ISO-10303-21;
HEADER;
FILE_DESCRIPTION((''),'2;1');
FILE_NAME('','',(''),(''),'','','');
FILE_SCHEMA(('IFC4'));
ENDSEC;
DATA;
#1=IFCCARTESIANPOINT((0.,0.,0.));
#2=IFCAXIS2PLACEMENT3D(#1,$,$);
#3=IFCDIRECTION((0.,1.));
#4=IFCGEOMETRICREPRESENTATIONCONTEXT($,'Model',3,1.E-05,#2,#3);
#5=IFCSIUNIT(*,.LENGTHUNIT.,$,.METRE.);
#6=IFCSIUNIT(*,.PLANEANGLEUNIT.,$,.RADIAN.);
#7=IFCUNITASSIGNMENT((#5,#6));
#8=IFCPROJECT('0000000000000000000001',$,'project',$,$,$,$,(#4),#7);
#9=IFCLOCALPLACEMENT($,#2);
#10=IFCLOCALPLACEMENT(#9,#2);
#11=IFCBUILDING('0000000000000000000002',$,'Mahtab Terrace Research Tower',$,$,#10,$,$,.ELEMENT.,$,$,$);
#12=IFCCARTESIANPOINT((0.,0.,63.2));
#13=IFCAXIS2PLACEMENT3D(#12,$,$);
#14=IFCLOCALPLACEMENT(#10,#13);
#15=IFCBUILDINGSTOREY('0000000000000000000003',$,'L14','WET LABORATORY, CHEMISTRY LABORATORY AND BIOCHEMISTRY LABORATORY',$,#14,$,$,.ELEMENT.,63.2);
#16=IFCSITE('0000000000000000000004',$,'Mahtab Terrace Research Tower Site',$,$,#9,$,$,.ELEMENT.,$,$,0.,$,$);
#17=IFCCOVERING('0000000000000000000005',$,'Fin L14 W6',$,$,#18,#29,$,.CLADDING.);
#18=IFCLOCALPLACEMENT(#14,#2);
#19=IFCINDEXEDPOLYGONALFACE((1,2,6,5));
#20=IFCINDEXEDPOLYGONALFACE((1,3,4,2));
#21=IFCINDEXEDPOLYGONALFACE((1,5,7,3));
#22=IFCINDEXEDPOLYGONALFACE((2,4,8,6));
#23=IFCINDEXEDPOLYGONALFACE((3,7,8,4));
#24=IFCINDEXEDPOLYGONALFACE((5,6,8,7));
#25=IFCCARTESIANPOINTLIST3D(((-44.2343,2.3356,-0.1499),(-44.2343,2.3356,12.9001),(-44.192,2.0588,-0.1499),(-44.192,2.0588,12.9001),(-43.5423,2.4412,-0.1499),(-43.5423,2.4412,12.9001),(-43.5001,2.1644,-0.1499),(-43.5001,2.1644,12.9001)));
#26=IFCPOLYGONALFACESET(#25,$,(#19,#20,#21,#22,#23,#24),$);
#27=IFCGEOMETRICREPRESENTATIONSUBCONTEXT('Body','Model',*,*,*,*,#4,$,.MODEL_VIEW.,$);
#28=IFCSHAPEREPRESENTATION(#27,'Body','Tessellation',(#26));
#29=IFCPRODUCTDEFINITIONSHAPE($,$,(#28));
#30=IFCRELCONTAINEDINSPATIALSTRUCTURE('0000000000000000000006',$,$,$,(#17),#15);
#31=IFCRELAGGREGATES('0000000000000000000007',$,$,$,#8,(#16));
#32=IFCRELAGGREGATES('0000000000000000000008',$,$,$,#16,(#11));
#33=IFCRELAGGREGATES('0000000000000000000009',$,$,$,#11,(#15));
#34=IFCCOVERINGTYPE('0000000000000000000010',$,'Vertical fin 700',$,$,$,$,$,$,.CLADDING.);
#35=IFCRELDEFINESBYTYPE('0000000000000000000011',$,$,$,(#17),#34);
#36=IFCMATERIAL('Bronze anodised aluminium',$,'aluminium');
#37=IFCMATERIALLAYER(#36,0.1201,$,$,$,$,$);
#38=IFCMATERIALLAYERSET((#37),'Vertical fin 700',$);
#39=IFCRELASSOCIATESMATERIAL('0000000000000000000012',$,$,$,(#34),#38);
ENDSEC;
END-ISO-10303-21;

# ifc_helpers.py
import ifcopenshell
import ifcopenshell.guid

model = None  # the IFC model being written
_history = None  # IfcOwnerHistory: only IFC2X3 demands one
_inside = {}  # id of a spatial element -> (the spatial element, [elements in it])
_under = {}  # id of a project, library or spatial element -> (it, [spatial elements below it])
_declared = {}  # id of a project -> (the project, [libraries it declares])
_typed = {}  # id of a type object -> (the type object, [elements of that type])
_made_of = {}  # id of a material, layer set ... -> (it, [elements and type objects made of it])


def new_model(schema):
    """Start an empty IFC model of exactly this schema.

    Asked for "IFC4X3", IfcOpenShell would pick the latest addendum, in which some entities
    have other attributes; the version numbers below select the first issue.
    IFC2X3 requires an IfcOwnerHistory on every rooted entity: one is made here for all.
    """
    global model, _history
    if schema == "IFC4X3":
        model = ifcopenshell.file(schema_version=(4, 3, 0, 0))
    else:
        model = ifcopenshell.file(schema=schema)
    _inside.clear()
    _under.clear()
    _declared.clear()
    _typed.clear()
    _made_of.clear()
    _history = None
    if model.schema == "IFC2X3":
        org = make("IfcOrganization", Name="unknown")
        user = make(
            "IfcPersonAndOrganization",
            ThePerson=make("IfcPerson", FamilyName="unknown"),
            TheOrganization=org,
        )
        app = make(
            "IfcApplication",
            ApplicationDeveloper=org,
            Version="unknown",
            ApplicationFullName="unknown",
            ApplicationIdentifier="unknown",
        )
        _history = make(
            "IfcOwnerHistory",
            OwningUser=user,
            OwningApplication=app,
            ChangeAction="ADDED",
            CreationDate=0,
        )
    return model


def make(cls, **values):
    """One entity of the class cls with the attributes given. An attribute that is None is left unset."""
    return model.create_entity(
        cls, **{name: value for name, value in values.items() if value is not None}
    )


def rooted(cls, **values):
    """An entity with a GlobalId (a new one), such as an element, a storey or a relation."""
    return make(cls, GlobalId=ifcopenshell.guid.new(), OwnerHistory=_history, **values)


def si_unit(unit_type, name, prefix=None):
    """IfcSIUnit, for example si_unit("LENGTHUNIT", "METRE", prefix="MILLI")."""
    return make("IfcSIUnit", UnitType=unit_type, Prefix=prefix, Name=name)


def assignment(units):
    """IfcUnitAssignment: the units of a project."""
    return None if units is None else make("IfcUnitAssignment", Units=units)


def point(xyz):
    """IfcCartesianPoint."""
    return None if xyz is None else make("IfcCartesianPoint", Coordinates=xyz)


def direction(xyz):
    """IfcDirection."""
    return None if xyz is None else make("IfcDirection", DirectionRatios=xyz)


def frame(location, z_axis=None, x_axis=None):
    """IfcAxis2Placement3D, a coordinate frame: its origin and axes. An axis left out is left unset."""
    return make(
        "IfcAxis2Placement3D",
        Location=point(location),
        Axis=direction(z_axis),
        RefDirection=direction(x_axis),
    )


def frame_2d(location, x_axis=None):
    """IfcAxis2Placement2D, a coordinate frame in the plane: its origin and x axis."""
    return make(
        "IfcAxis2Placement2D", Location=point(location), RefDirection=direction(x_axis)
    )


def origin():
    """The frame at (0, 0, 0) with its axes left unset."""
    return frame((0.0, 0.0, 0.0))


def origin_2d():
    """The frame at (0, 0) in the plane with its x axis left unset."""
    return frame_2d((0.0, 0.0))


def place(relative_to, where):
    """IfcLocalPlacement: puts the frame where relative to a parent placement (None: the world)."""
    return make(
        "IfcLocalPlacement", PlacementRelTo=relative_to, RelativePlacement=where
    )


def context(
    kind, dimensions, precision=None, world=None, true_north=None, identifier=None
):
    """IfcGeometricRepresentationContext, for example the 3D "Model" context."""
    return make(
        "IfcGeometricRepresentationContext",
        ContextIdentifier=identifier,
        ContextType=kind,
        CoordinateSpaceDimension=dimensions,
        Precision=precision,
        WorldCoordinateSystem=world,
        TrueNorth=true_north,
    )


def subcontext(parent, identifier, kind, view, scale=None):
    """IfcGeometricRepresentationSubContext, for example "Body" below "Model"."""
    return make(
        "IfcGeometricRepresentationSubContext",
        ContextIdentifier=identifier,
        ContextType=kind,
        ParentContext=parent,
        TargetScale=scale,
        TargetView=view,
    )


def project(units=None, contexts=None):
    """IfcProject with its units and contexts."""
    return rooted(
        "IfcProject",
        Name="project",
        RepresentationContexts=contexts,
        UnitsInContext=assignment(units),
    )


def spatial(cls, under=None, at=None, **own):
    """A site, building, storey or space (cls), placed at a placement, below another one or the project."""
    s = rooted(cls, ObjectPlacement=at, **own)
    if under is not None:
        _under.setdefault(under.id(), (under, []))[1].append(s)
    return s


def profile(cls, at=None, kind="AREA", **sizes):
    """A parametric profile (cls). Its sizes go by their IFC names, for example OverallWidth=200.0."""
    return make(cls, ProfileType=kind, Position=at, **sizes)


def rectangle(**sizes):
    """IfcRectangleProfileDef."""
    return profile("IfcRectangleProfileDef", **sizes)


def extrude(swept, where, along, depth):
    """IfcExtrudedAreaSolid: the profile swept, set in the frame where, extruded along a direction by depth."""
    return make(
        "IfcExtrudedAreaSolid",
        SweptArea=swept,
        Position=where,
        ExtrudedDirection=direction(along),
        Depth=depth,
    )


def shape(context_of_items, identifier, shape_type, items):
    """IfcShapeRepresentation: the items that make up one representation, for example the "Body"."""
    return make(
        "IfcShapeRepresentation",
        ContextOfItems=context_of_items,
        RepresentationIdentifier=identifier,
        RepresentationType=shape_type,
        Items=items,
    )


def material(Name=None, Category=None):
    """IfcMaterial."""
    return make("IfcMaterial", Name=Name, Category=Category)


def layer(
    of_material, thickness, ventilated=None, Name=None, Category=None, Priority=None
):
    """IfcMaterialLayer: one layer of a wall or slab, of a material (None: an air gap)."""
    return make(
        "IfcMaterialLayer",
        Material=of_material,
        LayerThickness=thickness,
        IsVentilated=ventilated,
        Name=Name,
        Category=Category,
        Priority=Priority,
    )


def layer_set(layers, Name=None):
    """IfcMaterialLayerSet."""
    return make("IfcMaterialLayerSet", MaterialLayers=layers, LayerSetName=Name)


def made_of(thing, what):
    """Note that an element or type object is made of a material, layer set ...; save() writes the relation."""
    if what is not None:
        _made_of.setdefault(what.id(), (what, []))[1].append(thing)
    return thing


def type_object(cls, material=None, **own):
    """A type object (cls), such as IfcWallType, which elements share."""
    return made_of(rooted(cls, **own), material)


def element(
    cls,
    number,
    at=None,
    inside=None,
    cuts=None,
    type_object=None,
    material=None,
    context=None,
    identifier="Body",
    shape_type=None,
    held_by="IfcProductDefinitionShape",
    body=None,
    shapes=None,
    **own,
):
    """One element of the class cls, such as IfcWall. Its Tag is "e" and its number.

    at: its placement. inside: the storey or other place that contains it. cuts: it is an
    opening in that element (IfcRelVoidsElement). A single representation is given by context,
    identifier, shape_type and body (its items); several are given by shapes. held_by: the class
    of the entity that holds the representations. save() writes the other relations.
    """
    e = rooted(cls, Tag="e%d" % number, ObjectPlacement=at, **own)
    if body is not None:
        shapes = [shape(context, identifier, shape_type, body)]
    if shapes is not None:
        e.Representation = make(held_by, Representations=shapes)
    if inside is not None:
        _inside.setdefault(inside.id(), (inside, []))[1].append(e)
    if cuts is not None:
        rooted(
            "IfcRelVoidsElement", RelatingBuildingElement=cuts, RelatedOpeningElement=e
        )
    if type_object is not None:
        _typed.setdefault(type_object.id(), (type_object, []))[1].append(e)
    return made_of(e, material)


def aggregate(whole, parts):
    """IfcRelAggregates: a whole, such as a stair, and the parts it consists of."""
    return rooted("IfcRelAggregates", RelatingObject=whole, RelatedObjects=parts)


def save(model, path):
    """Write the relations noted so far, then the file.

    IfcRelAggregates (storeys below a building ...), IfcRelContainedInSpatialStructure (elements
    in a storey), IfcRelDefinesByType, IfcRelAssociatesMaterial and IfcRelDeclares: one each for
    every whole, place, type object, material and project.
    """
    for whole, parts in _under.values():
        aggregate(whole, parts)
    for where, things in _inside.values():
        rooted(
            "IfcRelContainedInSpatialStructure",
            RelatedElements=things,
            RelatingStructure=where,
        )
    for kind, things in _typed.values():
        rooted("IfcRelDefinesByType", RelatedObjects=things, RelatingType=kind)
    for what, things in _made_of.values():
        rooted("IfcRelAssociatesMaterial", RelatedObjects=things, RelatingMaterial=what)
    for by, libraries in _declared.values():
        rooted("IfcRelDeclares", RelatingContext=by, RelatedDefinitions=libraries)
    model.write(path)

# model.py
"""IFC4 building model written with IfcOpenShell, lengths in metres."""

from ifc_helpers import new_model, si_unit, direction, frame, origin, origin_2d, place, context, subcontext, project, spatial, rectangle, extrude, material, layer, layer_set, type_object, element, save


model = new_model("IFC4")

# Units and contexts
model_context = context("Model", 3, precision=1e-05, world=origin(), true_north=direction((0.0, 1.0)))
body_context = subcontext(model_context, "Body", "Model", "MODEL_VIEW")
ifc_project = project(units=[si_unit("LENGTHUNIT", "METRE"), si_unit("PLANEANGLEUNIT", "RADIAN")], contexts=[model_context])

# Site, building, storey
site_placement = place(None, origin())
site = spatial("IfcSite", under=ifc_project, at=site_placement, Name="Mahtab Terrace Research Tower Site", CompositionType="ELEMENT", RefElevation=0.0)
building_placement = place(site_placement, origin())
building = spatial("IfcBuilding", under=site, at=building_placement, Name="Mahtab Terrace Research Tower", CompositionType="ELEMENT")
storey_placement = place(building_placement, frame((0.0, 0.0, 63.2)))
storey = spatial("IfcBuildingStorey", under=building, at=storey_placement, Name="L14", Description="WET LABORATORY, CHEMISTRY LABORATORY AND BIOCHEMISTRY LABORATORY", CompositionType="ELEMENT", Elevation=63.2)

# Covering
ifc_material_1 = material(Name="Bronze anodised aluminium", Category="aluminium")
ifc_layer_1 = layer(ifc_material_1, 0.1201)
ifc_layer_set_1 = layer_set([ifc_layer_1], Name="Vertical fin 700")
covering_type = type_object("IfcCoveringType", Name="Vertical fin 700", PredefinedType="CLADDING", material=ifc_layer_set_1)
for number, where, z_axis, x_axis, name in (
    (1, (-43.8672, 2.25, -0.1499), (0.0, 0.0, 1.0), (0.150855, -0.988556, 0.0), "Fin L14 W6"),
):
    element("IfcCovering", number, at=place(storey_placement, frame(where, z_axis=z_axis, x_axis=x_axis)), inside=storey, type_object=covering_type, Name=name, PredefinedType="CLADDING", context=body_context, shape_type="SweptSolid", body=[
        extrude(rectangle(XDim=0.28, YDim=0.7, at=origin_2d()), origin(), (0.0, 0.0, 1.0), 13.05),
    ])

save(model, "model.ifc")
